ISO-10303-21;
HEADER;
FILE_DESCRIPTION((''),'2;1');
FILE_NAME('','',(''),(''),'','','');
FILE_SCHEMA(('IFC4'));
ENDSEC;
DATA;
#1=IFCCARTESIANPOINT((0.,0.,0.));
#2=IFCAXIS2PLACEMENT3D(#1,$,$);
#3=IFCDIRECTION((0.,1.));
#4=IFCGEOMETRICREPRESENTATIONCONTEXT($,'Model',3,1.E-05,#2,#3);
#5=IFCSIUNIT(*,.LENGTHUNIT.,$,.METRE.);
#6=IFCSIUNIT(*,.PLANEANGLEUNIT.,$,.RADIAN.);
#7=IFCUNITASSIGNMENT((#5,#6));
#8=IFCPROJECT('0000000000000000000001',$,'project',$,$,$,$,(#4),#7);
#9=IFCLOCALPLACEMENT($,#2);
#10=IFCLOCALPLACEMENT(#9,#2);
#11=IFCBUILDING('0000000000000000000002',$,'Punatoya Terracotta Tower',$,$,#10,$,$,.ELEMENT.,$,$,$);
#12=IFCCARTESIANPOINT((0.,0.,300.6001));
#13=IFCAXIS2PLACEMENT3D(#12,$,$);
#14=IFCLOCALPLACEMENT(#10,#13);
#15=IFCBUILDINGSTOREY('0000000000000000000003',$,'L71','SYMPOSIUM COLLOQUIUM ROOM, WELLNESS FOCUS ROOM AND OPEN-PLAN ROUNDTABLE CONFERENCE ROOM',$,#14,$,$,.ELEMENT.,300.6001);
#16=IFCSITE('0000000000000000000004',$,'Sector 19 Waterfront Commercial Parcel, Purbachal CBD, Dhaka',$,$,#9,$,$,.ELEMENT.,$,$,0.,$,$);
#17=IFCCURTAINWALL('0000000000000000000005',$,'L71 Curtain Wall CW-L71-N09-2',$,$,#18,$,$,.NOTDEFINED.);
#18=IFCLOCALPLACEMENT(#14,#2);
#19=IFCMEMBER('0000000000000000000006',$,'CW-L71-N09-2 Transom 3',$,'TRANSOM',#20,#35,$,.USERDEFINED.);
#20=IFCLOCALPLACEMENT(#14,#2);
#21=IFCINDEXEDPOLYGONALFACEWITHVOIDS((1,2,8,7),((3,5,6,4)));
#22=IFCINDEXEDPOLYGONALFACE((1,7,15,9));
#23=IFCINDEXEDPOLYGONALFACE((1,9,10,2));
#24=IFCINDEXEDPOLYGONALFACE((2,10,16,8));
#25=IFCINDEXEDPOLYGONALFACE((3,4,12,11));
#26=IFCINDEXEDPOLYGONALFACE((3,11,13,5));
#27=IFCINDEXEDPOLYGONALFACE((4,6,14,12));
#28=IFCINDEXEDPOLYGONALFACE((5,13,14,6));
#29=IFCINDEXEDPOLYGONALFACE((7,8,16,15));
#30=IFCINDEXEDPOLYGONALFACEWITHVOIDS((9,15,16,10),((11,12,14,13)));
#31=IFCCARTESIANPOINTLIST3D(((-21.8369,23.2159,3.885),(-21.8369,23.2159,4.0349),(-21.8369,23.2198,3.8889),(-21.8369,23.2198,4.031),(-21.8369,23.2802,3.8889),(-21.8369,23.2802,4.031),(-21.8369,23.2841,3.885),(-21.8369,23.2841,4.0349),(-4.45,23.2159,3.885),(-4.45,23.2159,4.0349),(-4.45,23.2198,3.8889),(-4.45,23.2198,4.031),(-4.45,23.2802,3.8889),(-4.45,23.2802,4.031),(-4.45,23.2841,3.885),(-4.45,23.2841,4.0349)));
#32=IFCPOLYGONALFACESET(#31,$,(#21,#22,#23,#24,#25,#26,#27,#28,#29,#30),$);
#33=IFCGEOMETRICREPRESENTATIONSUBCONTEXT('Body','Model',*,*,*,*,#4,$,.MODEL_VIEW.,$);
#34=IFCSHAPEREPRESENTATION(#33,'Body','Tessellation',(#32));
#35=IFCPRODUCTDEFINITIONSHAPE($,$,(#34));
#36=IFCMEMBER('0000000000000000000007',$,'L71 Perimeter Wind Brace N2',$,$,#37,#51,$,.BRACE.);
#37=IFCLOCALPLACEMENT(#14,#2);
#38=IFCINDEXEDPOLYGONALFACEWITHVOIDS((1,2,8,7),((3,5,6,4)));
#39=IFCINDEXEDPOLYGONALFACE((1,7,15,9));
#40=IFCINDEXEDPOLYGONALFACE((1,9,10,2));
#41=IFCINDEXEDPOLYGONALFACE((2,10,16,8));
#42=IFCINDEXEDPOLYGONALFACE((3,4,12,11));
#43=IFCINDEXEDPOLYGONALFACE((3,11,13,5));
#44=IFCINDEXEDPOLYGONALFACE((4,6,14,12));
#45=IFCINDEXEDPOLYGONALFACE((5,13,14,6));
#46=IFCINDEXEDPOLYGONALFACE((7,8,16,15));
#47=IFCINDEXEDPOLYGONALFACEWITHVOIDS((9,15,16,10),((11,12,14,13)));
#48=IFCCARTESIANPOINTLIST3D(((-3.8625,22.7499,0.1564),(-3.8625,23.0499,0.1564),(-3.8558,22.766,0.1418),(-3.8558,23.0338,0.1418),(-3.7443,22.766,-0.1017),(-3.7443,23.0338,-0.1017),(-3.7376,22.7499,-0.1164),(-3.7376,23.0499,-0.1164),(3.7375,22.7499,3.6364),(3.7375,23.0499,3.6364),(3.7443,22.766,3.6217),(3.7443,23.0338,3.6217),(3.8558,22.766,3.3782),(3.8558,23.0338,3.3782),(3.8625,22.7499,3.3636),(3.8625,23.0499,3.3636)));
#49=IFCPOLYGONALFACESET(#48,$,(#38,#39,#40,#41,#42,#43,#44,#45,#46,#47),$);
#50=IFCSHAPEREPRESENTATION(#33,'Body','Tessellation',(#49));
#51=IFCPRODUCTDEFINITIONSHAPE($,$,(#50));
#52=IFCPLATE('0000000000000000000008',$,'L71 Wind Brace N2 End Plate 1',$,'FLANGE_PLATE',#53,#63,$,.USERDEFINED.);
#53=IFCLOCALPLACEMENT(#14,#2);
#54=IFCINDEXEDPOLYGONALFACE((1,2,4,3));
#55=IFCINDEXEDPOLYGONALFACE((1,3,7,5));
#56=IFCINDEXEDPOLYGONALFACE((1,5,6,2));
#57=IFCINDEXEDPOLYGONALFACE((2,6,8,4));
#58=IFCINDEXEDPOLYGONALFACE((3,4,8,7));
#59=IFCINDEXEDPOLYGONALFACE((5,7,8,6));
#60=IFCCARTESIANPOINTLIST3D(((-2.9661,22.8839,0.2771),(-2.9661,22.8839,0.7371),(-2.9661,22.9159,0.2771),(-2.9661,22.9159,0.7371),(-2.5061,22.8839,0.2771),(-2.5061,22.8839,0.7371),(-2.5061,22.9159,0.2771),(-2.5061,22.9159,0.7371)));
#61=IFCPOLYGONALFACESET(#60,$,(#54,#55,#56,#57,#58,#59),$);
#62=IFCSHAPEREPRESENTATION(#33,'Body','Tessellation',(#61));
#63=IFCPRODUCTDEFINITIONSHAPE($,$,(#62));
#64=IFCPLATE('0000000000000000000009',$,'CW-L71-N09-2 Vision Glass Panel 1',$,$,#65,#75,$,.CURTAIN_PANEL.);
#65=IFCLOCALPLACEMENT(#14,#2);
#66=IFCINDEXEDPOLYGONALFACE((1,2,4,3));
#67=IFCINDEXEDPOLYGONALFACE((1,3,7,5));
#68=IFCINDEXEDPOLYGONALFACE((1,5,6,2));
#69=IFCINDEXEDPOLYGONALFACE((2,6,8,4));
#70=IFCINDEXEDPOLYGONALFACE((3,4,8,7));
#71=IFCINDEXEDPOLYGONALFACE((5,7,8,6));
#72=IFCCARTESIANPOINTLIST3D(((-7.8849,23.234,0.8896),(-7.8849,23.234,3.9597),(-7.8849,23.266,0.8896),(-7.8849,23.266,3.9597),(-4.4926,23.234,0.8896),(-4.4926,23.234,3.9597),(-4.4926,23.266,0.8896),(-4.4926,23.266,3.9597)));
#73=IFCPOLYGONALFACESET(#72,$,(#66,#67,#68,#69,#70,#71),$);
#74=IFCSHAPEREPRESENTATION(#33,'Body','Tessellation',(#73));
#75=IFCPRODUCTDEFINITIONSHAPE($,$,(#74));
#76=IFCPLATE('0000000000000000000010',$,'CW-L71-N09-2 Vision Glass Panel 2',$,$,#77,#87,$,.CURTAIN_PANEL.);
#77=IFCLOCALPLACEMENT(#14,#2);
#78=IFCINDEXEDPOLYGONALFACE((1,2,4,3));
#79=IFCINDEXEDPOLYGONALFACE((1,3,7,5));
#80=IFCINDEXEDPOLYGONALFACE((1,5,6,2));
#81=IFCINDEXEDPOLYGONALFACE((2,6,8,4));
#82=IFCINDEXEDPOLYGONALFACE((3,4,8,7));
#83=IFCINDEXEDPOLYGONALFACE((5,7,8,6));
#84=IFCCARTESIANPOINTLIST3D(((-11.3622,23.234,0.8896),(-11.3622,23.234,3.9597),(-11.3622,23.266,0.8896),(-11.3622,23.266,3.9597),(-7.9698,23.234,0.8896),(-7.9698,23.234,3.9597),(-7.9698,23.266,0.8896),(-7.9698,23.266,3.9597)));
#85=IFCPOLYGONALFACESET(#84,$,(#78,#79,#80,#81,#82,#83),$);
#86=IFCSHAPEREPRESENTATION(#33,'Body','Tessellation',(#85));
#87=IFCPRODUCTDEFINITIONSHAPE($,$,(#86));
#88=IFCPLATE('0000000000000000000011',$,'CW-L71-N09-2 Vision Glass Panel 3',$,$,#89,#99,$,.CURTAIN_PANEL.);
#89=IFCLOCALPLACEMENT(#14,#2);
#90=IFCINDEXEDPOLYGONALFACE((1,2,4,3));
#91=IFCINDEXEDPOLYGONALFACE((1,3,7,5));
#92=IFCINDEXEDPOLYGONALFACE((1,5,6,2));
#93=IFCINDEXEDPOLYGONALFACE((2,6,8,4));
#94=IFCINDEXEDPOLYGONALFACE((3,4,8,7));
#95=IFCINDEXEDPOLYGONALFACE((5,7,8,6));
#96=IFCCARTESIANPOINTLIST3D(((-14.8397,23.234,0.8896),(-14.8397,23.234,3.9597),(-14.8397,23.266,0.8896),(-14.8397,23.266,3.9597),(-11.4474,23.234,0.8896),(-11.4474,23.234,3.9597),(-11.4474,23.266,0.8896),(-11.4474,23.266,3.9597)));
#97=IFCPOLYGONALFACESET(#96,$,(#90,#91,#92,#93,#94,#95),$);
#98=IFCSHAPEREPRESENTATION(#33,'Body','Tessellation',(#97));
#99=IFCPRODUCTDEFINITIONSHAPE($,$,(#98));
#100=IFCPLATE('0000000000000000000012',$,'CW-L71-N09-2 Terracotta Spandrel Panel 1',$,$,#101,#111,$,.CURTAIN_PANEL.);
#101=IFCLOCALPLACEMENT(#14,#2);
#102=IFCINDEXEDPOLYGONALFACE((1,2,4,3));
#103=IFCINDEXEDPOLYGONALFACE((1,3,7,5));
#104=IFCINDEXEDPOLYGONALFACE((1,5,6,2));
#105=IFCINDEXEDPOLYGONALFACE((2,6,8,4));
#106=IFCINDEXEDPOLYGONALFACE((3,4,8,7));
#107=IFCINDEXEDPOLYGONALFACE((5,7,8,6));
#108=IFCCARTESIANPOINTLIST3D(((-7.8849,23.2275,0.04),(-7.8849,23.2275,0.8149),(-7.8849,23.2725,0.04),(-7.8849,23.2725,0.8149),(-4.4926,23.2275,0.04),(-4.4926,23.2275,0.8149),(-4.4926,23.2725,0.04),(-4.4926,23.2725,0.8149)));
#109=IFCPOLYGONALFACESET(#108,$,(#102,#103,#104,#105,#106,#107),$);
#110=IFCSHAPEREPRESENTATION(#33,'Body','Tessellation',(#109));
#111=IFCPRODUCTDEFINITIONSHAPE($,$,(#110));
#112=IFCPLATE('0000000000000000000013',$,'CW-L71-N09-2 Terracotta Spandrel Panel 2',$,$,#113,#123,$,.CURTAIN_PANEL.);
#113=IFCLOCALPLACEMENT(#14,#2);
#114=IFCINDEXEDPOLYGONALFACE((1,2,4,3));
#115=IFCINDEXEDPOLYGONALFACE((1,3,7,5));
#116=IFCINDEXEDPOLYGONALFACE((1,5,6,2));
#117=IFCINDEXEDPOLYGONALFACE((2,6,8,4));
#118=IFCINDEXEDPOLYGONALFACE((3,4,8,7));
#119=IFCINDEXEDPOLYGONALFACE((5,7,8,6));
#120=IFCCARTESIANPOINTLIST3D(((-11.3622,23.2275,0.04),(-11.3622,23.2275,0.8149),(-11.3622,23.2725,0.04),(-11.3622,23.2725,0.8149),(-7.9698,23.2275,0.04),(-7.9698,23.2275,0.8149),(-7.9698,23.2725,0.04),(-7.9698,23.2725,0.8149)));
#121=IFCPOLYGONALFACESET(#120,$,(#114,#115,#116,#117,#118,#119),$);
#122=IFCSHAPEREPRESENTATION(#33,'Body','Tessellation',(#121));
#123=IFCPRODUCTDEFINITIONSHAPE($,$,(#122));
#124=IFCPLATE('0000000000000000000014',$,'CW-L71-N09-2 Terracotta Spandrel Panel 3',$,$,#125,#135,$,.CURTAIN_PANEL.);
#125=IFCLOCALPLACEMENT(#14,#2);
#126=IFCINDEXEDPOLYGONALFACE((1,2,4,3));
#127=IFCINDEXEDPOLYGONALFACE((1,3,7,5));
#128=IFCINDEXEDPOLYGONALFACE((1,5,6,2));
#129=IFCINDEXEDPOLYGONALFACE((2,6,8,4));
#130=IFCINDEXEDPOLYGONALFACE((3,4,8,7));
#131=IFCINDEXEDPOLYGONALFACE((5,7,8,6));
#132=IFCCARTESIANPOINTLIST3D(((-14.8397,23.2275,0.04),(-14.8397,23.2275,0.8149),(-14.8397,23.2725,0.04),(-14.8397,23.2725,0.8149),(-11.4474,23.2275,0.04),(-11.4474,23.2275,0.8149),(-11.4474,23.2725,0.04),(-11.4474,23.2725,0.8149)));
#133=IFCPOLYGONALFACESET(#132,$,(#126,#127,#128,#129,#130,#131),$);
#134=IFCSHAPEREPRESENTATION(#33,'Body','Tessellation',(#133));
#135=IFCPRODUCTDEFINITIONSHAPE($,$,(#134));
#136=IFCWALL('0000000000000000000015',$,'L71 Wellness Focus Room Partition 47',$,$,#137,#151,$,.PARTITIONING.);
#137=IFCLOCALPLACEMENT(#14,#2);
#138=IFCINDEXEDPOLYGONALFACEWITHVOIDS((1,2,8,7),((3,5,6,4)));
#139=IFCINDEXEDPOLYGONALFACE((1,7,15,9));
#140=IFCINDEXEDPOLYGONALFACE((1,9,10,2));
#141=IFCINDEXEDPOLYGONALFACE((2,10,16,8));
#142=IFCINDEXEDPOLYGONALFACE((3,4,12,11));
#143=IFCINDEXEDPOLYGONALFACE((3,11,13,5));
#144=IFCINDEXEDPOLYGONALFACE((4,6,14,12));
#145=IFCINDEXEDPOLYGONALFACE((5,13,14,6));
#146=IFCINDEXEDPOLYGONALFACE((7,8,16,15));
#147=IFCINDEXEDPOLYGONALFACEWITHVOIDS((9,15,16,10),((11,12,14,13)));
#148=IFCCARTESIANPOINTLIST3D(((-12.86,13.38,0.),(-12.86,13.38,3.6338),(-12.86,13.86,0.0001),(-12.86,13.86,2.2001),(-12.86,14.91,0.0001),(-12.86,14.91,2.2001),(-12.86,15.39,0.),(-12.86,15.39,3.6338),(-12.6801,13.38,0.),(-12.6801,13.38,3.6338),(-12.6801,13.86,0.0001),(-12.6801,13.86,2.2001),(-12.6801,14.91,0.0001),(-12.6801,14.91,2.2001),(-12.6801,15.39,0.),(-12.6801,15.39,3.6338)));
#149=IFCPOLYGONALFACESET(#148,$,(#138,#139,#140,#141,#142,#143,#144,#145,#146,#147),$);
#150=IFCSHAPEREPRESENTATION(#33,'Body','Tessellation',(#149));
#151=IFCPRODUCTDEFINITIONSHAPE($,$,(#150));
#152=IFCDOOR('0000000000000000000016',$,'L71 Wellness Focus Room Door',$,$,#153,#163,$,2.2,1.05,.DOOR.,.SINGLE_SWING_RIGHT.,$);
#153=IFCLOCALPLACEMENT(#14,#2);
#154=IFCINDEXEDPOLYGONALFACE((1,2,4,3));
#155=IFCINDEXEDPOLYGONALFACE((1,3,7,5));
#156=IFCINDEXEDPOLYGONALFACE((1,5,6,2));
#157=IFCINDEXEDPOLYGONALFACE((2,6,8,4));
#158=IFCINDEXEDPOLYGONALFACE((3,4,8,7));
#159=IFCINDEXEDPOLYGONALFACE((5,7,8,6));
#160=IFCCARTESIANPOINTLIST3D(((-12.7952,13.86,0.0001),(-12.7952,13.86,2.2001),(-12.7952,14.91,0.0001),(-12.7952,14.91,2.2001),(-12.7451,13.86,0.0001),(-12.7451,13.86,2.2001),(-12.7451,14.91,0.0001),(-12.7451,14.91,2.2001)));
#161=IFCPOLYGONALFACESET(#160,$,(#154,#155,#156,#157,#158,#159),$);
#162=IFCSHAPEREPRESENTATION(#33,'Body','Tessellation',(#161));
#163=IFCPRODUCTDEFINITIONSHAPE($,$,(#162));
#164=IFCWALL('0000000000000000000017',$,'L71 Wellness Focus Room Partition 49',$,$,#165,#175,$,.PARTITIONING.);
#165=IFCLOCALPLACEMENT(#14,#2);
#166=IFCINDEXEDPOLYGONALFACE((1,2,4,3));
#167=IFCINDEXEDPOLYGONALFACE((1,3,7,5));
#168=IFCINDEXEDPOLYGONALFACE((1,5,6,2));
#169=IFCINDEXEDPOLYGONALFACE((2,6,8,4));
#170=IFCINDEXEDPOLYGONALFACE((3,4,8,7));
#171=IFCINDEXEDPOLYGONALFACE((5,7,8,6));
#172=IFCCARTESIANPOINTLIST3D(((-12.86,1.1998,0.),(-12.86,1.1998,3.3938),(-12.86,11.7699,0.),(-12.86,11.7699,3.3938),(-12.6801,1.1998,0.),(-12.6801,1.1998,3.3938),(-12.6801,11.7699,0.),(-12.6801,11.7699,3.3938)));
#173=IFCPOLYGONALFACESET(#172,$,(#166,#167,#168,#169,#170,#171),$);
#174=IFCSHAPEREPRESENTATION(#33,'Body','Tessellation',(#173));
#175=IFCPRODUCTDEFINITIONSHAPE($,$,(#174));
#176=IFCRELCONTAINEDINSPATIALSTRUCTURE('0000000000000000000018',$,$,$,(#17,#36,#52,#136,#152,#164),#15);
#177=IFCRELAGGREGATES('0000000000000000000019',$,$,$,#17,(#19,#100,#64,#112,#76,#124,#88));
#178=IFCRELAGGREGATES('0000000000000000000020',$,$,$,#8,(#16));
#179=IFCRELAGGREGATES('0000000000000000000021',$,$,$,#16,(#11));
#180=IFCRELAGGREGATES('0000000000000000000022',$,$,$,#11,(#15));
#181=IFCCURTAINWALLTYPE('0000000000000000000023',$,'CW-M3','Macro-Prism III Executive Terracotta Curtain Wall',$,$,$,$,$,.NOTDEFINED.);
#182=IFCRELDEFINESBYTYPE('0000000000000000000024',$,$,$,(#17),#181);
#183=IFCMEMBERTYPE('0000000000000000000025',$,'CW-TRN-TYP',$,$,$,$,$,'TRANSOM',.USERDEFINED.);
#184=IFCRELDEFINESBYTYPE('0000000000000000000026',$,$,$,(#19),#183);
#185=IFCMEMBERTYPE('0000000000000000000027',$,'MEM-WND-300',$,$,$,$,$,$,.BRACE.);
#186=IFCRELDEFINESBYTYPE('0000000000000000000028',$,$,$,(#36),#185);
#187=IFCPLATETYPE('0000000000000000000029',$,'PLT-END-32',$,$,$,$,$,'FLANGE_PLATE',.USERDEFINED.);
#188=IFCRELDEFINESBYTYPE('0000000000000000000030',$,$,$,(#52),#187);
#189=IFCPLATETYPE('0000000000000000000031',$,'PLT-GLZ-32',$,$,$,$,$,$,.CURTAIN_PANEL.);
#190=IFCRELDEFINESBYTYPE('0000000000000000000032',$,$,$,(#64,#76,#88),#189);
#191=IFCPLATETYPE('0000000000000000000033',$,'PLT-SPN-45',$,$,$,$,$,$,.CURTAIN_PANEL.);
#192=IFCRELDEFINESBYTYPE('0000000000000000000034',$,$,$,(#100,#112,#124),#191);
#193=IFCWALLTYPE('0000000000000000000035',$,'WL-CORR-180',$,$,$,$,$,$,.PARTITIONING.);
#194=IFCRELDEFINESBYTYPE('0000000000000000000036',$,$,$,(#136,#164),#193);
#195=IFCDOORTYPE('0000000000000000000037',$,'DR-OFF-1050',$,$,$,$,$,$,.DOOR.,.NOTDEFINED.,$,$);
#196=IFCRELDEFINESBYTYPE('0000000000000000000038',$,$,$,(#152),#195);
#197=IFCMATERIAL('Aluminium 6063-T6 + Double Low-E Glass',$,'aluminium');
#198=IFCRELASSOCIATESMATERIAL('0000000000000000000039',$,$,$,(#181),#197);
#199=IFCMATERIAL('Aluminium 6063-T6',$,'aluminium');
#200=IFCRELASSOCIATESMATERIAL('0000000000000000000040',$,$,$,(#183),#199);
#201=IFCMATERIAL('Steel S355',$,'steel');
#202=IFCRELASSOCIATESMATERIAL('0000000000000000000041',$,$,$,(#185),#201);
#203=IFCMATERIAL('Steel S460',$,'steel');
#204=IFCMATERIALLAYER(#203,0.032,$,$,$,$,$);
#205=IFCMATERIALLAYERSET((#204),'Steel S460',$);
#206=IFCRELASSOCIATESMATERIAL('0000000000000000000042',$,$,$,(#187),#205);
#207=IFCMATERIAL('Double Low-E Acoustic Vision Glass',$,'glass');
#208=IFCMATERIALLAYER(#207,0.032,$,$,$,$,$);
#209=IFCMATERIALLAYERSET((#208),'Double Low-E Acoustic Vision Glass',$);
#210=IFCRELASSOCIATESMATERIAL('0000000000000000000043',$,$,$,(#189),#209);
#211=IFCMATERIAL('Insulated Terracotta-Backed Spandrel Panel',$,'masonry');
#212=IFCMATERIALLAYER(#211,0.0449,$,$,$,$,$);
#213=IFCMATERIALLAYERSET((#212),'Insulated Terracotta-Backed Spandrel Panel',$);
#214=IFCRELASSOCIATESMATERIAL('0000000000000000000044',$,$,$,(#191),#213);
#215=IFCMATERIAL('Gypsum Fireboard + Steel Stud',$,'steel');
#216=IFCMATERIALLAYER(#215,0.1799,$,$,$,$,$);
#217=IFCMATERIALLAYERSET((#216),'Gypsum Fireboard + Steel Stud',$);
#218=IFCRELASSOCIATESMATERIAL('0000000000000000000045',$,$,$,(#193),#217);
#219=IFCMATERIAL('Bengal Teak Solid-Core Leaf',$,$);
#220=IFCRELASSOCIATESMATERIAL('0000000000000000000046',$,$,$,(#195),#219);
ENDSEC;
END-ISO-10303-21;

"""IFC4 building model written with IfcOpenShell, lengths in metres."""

from ifc_helpers import new_model, si_unit, direction, frame, frame_2d, origin, origin_2d, place, context, subcontext, project, spatial, rectangle, hollow_rectangle, extrude, material, layer, layer_set, material_profile, profile_set, type_object, element, fill, aggregate, save


model = new_model("IFC4")

# Units and contexts
model_context = context("Model", 3, precision=1e-05, world=origin(), true_north=direction((0.0, 1.0)))
body_context = subcontext(model_context, "Body", "Model", "MODEL_VIEW")
ifc_project = project(units=[si_unit("LENGTHUNIT", "METRE"), si_unit("PLANEANGLEUNIT", "RADIAN")], contexts=[model_context])

# Site, building, storey
site_placement = place(None, origin())
site = spatial("IfcSite", under=ifc_project, at=site_placement, Name="Sector 19 Waterfront Commercial Parcel, Purbachal CBD, Dhaka", CompositionType="ELEMENT", RefElevation=0.0)
building_placement = place(site_placement, origin())
building = spatial("IfcBuilding", under=site, at=building_placement, Name="Punatoya Terracotta Tower", CompositionType="ELEMENT")
storey_placement = place(building_placement, frame((0.0, 0.0, 300.6001)))
storey = spatial("IfcBuildingStorey", under=building, at=storey_placement, Name="L71", Description="SYMPOSIUM COLLOQUIUM ROOM, WELLNESS FOCUS ROOM AND OPEN-PLAN ROUNDTABLE CONFERENCE ROOM", CompositionType="ELEMENT", Elevation=300.6001)

# Shared definitions
ifc_material_1 = material(Name="Steel S460", Category="steel")

# Shared definitions
ifc_material_2 = material(Name="Steel S355", Category="steel")

# Curtain wall, member
ifc_material_3 = material(Name="Aluminium 6063-T6 + Double Low-E Glass", Category="aluminium")
curtain_wall_type = type_object("IfcCurtainWallType", Name="CW-M3", Description="Macro-Prism III Executive Terracotta Curtain Wall", PredefinedType="NOTDEFINED", material=ifc_material_3)
curtain_wall_placement = place(storey_placement, origin())
curtain_wall = element("IfcCurtainWall", 1, at=curtain_wall_placement, inside=storey, type_object=curtain_wall_type, Name="L71 Curtain Wall CW-L71-N09-2", PredefinedType="NOTDEFINED")
ifc_material_4 = material(Name="Aluminium 6063-T6", Category="aluminium")
ifc_material_profile_1 = material_profile(ifc_material_4, hollow_rectangle(XDim=0.0681, YDim=0.1499, WallThickness=0.0039, at=origin_2d()))
ifc_profile_set_1 = profile_set([ifc_material_profile_1], Name="Aluminium 6063-T6")
member_type_1 = type_object("IfcMemberType", Name="CW-TRN-TYP", ElementType="TRANSOM", PredefinedType="USERDEFINED", material=ifc_profile_set_1)
member_1_placement = place(storey_placement, frame((-4.45, 23.25, 3.96), z_axis=(-1.0, 0.0, 0.0), x_axis=(0.0, -1.0, 0.0)))
member_1 = element("IfcMember", 2, at=member_1_placement, type_object=member_type_1, Name="CW-L71-N09-2 Transom 3", ObjectType="TRANSOM", PredefinedType="USERDEFINED", context=body_context, shape_type="SweptSolid", body=[
    extrude(hollow_rectangle(XDim=0.0681, YDim=0.1499, WallThickness=0.0039, at=origin_2d()), origin(), (0.0, 0.0, 1.0), 17.387),
])

# Member
ifc_material_profile_2 = material_profile(ifc_material_2, hollow_rectangle(XDim=0.3, YDim=0.3, WallThickness=0.0161, at=origin_2d()))
ifc_profile_set_2 = profile_set([ifc_material_profile_2], Name="Steel S355")
member_type_2 = type_object("IfcMemberType", Name="MEM-WND-300", PredefinedType="BRACE", material=ifc_profile_set_2)
member_2_placement = place(storey_placement, frame((-3.8, 22.8999, 0.02), z_axis=(0.909219, 0.0, 0.416319), x_axis=(0.0, 1.0, 0.0)))
element("IfcMember", 3, at=member_2_placement, inside=storey, type_object=member_type_2, Name="L71 Perimeter Wind Brace N2", PredefinedType="BRACE", context=body_context, shape_type="SweptSolid", body=[
    extrude(hollow_rectangle(XDim=0.3, YDim=0.3, WallThickness=0.0161, at=origin_2d()), origin(), (0.0, 0.0, 1.0), 8.3589),
])

# Plates
ifc_layer_1 = layer(ifc_material_1, 0.032)
ifc_layer_set_1 = layer_set([ifc_layer_1], Name="Steel S460")
plate_type_1 = type_object("IfcPlateType", Name="PLT-END-32", ElementType="FLANGE_PLATE", PredefinedType="USERDEFINED", material=ifc_layer_set_1)
plate_1_placement = place(storey_placement, frame((-2.7361, 22.8999, 0.2771), z_axis=(0.0, 0.0, 1.0), x_axis=(1.0, 0.0, 0.0)))
element("IfcPlate", 4, at=plate_1_placement, inside=storey, type_object=plate_type_1, Name="L71 Wind Brace N2 End Plate 1", ObjectType="FLANGE_PLATE", PredefinedType="USERDEFINED", context=body_context, shape_type="SweptSolid", body=[
    extrude(rectangle(XDim=0.46, YDim=0.032, at=origin_2d()), origin(), (0.0, 0.0, 1.0), 0.46),
])
ifc_material_5 = material(Name="Double Low-E Acoustic Vision Glass", Category="glass")
ifc_layer_2 = layer(ifc_material_5, 0.032)
ifc_layer_set_2 = layer_set([ifc_layer_2], Name="Double Low-E Acoustic Vision Glass")
plate_type_2 = type_object("IfcPlateType", Name="PLT-GLZ-32", PredefinedType="CURTAIN_PANEL", material=ifc_layer_set_2)
plate_2_placement = place(storey_placement, frame((-6.1887, 23.25, 0.8896), z_axis=(0.0, 0.0, 1.0), x_axis=(-1.0, 0.0, 0.0)))
plate_2 = element("IfcPlate", 5, at=plate_2_placement, type_object=plate_type_2, Name="CW-L71-N09-2 Vision Glass Panel 1", PredefinedType="CURTAIN_PANEL", context=body_context, shape_type="SweptSolid", body=[
    extrude(rectangle(XDim=3.3923, YDim=0.032, at=origin_2d()), origin(), (0.0, 0.0, 1.0), 3.0701),
])
plate_3_placement = place(storey_placement, frame((-9.666, 23.25, 0.8896), z_axis=(0.0, 0.0, 1.0), x_axis=(-1.0, 0.0, 0.0)))
plate_3 = element("IfcPlate", 6, at=plate_3_placement, type_object=plate_type_2, Name="CW-L71-N09-2 Vision Glass Panel 2", PredefinedType="CURTAIN_PANEL", context=body_context, shape_type="SweptSolid", body=[
    extrude(rectangle(XDim=3.3923, YDim=0.032, at=origin_2d()), origin(), (0.0, 0.0, 1.0), 3.0701),
])
plate_4_placement = place(storey_placement, frame((-13.1436, 23.25, 0.8896), z_axis=(0.0, 0.0, 1.0), x_axis=(-1.0, 0.0, 0.0)))
plate_4 = element("IfcPlate", 7, at=plate_4_placement, type_object=plate_type_2, Name="CW-L71-N09-2 Vision Glass Panel 3", PredefinedType="CURTAIN_PANEL", context=body_context, shape_type="SweptSolid", body=[
    extrude(rectangle(XDim=3.3923, YDim=0.032, at=origin_2d()), origin(), (0.0, 0.0, 1.0), 3.0701),
])
ifc_material_6 = material(Name="Insulated Terracotta-Backed Spandrel Panel", Category="masonry")
ifc_layer_3 = layer(ifc_material_6, 0.0449)
ifc_layer_set_3 = layer_set([ifc_layer_3], Name="Insulated Terracotta-Backed Spandrel Panel")
plate_type_3 = type_object("IfcPlateType", Name="PLT-SPN-45", PredefinedType="CURTAIN_PANEL", material=ifc_layer_set_3)
plate_5_placement = place(storey_placement, frame((-6.1887, 23.25, 0.04), z_axis=(0.0, 0.0, 1.0), x_axis=(-1.0, 0.0, 0.0)))
plate_5 = element("IfcPlate", 8, at=plate_5_placement, type_object=plate_type_3, Name="CW-L71-N09-2 Terracotta Spandrel Panel 1", PredefinedType="CURTAIN_PANEL", context=body_context, shape_type="SweptSolid", body=[
    extrude(rectangle(XDim=3.3923, YDim=0.0449, at=origin_2d()), origin(), (0.0, 0.0, 1.0), 0.7749),
])
plate_6_placement = place(storey_placement, frame((-9.666, 23.25, 0.04), z_axis=(0.0, 0.0, 1.0), x_axis=(-1.0, 0.0, 0.0)))
plate_6 = element("IfcPlate", 9, at=plate_6_placement, type_object=plate_type_3, Name="CW-L71-N09-2 Terracotta Spandrel Panel 2", PredefinedType="CURTAIN_PANEL", context=body_context, shape_type="SweptSolid", body=[
    extrude(rectangle(XDim=3.3923, YDim=0.0449, at=origin_2d()), origin(), (0.0, 0.0, 1.0), 0.7749),
])
plate_7_placement = place(storey_placement, frame((-13.1436, 23.25, 0.04), z_axis=(0.0, 0.0, 1.0), x_axis=(-1.0, 0.0, 0.0)))
plate_7 = element("IfcPlate", 10, at=plate_7_placement, type_object=plate_type_3, Name="CW-L71-N09-2 Terracotta Spandrel Panel 3", PredefinedType="CURTAIN_PANEL", context=body_context, shape_type="SweptSolid", body=[
    extrude(rectangle(XDim=3.3923, YDim=0.0449, at=origin_2d()), origin(), (0.0, 0.0, 1.0), 0.7749),
])
aggregate(curtain_wall, [member_1, plate_5, plate_2, plate_6, plate_3, plate_7, plate_4])

# Wall, opening, door
ifc_material_7 = material(Name="Gypsum Fireboard + Steel Stud", Category="steel")
ifc_layer_4 = layer(ifc_material_7, 0.1799)
ifc_layer_set_4 = layer_set([ifc_layer_4], Name="Gypsum Fireboard + Steel Stud")
wall_type_1 = type_object("IfcWallType", Name="WL-CORR-180", PredefinedType="PARTITIONING", material=ifc_layer_set_4)
wall_1_placement = place(storey_placement, frame((-12.77, 15.3899, 0.0), z_axis=(0.0, 0.0, 1.0), x_axis=(0.0, -1.0, 0.0)))
wall_1 = element("IfcWall", 11, at=wall_1_placement, inside=storey, type_object=wall_type_1, Name="L71 Wellness Focus Room Partition 47", PredefinedType="PARTITIONING", context=body_context, shape_type="SweptSolid", body=[
    extrude(rectangle(XDim=2.01, YDim=0.1799, at=frame_2d((1.0049, 0.0))), origin(), (0.0, 0.0, 1.0), 3.6338),
])
opening_placement = place(wall_1_placement, frame((0.48, 0.0, 0.0)))
opening = element("IfcOpeningElement", 12, at=opening_placement, cuts=wall_1, PredefinedType="OPENING", context=body_context, shape_type="SweptSolid", body=[
    extrude(rectangle(XDim=1.05, YDim=2.2, at=frame_2d((0.5249, 1.1001))), frame((0.0, 0.0999, 0.0), z_axis=(0.0, -1.0, 0.0), x_axis=(1.0, 0.0, 0.0)), (0.0, 0.0, 1.0), 0.2),
])
ifc_material_8 = material(Name="Bengal Teak Solid-Core Leaf")
door_type = type_object("IfcDoorType", Name="DR-OFF-1050", OperationType="NOTDEFINED", PredefinedType="DOOR", material=ifc_material_8)
door_placement = place(opening_placement, origin())
door = element("IfcDoor", 13, at=door_placement, inside=storey, type_object=door_type, Name="L71 Wellness Focus Room Door", OperationType="SINGLE_SWING_RIGHT", OverallHeight=2.2, OverallWidth=1.05, PredefinedType="DOOR", context=body_context, shape_type="SweptSolid", body=[
    extrude(rectangle(XDim=1.05, YDim=2.2, at=frame_2d((0.5249, 1.1001))), frame((0.0, 0.0249, 0.0), z_axis=(0.0, -1.0, 0.0), x_axis=(1.0, 0.0, 0.0)), (0.0, 0.0, 1.0), 0.05),
])
fill(opening, door)

# Wall
wall_2_placement = place(storey_placement, frame((-12.77, 11.77, 0.0), z_axis=(0.0, 0.0, 1.0), x_axis=(0.0, -1.0, 0.0)))
element("IfcWall", 14, at=wall_2_placement, inside=storey, type_object=wall_type_1, Name="L71 Wellness Focus Room Partition 49", PredefinedType="PARTITIONING", context=body_context, shape_type="SweptSolid", body=[
    extrude(rectangle(XDim=10.5701, YDim=0.1799, at=frame_2d((5.2852, 0.0))), origin(), (0.0, 0.0, 1.0), 3.3938),
])

save(model, "model.ifc")
